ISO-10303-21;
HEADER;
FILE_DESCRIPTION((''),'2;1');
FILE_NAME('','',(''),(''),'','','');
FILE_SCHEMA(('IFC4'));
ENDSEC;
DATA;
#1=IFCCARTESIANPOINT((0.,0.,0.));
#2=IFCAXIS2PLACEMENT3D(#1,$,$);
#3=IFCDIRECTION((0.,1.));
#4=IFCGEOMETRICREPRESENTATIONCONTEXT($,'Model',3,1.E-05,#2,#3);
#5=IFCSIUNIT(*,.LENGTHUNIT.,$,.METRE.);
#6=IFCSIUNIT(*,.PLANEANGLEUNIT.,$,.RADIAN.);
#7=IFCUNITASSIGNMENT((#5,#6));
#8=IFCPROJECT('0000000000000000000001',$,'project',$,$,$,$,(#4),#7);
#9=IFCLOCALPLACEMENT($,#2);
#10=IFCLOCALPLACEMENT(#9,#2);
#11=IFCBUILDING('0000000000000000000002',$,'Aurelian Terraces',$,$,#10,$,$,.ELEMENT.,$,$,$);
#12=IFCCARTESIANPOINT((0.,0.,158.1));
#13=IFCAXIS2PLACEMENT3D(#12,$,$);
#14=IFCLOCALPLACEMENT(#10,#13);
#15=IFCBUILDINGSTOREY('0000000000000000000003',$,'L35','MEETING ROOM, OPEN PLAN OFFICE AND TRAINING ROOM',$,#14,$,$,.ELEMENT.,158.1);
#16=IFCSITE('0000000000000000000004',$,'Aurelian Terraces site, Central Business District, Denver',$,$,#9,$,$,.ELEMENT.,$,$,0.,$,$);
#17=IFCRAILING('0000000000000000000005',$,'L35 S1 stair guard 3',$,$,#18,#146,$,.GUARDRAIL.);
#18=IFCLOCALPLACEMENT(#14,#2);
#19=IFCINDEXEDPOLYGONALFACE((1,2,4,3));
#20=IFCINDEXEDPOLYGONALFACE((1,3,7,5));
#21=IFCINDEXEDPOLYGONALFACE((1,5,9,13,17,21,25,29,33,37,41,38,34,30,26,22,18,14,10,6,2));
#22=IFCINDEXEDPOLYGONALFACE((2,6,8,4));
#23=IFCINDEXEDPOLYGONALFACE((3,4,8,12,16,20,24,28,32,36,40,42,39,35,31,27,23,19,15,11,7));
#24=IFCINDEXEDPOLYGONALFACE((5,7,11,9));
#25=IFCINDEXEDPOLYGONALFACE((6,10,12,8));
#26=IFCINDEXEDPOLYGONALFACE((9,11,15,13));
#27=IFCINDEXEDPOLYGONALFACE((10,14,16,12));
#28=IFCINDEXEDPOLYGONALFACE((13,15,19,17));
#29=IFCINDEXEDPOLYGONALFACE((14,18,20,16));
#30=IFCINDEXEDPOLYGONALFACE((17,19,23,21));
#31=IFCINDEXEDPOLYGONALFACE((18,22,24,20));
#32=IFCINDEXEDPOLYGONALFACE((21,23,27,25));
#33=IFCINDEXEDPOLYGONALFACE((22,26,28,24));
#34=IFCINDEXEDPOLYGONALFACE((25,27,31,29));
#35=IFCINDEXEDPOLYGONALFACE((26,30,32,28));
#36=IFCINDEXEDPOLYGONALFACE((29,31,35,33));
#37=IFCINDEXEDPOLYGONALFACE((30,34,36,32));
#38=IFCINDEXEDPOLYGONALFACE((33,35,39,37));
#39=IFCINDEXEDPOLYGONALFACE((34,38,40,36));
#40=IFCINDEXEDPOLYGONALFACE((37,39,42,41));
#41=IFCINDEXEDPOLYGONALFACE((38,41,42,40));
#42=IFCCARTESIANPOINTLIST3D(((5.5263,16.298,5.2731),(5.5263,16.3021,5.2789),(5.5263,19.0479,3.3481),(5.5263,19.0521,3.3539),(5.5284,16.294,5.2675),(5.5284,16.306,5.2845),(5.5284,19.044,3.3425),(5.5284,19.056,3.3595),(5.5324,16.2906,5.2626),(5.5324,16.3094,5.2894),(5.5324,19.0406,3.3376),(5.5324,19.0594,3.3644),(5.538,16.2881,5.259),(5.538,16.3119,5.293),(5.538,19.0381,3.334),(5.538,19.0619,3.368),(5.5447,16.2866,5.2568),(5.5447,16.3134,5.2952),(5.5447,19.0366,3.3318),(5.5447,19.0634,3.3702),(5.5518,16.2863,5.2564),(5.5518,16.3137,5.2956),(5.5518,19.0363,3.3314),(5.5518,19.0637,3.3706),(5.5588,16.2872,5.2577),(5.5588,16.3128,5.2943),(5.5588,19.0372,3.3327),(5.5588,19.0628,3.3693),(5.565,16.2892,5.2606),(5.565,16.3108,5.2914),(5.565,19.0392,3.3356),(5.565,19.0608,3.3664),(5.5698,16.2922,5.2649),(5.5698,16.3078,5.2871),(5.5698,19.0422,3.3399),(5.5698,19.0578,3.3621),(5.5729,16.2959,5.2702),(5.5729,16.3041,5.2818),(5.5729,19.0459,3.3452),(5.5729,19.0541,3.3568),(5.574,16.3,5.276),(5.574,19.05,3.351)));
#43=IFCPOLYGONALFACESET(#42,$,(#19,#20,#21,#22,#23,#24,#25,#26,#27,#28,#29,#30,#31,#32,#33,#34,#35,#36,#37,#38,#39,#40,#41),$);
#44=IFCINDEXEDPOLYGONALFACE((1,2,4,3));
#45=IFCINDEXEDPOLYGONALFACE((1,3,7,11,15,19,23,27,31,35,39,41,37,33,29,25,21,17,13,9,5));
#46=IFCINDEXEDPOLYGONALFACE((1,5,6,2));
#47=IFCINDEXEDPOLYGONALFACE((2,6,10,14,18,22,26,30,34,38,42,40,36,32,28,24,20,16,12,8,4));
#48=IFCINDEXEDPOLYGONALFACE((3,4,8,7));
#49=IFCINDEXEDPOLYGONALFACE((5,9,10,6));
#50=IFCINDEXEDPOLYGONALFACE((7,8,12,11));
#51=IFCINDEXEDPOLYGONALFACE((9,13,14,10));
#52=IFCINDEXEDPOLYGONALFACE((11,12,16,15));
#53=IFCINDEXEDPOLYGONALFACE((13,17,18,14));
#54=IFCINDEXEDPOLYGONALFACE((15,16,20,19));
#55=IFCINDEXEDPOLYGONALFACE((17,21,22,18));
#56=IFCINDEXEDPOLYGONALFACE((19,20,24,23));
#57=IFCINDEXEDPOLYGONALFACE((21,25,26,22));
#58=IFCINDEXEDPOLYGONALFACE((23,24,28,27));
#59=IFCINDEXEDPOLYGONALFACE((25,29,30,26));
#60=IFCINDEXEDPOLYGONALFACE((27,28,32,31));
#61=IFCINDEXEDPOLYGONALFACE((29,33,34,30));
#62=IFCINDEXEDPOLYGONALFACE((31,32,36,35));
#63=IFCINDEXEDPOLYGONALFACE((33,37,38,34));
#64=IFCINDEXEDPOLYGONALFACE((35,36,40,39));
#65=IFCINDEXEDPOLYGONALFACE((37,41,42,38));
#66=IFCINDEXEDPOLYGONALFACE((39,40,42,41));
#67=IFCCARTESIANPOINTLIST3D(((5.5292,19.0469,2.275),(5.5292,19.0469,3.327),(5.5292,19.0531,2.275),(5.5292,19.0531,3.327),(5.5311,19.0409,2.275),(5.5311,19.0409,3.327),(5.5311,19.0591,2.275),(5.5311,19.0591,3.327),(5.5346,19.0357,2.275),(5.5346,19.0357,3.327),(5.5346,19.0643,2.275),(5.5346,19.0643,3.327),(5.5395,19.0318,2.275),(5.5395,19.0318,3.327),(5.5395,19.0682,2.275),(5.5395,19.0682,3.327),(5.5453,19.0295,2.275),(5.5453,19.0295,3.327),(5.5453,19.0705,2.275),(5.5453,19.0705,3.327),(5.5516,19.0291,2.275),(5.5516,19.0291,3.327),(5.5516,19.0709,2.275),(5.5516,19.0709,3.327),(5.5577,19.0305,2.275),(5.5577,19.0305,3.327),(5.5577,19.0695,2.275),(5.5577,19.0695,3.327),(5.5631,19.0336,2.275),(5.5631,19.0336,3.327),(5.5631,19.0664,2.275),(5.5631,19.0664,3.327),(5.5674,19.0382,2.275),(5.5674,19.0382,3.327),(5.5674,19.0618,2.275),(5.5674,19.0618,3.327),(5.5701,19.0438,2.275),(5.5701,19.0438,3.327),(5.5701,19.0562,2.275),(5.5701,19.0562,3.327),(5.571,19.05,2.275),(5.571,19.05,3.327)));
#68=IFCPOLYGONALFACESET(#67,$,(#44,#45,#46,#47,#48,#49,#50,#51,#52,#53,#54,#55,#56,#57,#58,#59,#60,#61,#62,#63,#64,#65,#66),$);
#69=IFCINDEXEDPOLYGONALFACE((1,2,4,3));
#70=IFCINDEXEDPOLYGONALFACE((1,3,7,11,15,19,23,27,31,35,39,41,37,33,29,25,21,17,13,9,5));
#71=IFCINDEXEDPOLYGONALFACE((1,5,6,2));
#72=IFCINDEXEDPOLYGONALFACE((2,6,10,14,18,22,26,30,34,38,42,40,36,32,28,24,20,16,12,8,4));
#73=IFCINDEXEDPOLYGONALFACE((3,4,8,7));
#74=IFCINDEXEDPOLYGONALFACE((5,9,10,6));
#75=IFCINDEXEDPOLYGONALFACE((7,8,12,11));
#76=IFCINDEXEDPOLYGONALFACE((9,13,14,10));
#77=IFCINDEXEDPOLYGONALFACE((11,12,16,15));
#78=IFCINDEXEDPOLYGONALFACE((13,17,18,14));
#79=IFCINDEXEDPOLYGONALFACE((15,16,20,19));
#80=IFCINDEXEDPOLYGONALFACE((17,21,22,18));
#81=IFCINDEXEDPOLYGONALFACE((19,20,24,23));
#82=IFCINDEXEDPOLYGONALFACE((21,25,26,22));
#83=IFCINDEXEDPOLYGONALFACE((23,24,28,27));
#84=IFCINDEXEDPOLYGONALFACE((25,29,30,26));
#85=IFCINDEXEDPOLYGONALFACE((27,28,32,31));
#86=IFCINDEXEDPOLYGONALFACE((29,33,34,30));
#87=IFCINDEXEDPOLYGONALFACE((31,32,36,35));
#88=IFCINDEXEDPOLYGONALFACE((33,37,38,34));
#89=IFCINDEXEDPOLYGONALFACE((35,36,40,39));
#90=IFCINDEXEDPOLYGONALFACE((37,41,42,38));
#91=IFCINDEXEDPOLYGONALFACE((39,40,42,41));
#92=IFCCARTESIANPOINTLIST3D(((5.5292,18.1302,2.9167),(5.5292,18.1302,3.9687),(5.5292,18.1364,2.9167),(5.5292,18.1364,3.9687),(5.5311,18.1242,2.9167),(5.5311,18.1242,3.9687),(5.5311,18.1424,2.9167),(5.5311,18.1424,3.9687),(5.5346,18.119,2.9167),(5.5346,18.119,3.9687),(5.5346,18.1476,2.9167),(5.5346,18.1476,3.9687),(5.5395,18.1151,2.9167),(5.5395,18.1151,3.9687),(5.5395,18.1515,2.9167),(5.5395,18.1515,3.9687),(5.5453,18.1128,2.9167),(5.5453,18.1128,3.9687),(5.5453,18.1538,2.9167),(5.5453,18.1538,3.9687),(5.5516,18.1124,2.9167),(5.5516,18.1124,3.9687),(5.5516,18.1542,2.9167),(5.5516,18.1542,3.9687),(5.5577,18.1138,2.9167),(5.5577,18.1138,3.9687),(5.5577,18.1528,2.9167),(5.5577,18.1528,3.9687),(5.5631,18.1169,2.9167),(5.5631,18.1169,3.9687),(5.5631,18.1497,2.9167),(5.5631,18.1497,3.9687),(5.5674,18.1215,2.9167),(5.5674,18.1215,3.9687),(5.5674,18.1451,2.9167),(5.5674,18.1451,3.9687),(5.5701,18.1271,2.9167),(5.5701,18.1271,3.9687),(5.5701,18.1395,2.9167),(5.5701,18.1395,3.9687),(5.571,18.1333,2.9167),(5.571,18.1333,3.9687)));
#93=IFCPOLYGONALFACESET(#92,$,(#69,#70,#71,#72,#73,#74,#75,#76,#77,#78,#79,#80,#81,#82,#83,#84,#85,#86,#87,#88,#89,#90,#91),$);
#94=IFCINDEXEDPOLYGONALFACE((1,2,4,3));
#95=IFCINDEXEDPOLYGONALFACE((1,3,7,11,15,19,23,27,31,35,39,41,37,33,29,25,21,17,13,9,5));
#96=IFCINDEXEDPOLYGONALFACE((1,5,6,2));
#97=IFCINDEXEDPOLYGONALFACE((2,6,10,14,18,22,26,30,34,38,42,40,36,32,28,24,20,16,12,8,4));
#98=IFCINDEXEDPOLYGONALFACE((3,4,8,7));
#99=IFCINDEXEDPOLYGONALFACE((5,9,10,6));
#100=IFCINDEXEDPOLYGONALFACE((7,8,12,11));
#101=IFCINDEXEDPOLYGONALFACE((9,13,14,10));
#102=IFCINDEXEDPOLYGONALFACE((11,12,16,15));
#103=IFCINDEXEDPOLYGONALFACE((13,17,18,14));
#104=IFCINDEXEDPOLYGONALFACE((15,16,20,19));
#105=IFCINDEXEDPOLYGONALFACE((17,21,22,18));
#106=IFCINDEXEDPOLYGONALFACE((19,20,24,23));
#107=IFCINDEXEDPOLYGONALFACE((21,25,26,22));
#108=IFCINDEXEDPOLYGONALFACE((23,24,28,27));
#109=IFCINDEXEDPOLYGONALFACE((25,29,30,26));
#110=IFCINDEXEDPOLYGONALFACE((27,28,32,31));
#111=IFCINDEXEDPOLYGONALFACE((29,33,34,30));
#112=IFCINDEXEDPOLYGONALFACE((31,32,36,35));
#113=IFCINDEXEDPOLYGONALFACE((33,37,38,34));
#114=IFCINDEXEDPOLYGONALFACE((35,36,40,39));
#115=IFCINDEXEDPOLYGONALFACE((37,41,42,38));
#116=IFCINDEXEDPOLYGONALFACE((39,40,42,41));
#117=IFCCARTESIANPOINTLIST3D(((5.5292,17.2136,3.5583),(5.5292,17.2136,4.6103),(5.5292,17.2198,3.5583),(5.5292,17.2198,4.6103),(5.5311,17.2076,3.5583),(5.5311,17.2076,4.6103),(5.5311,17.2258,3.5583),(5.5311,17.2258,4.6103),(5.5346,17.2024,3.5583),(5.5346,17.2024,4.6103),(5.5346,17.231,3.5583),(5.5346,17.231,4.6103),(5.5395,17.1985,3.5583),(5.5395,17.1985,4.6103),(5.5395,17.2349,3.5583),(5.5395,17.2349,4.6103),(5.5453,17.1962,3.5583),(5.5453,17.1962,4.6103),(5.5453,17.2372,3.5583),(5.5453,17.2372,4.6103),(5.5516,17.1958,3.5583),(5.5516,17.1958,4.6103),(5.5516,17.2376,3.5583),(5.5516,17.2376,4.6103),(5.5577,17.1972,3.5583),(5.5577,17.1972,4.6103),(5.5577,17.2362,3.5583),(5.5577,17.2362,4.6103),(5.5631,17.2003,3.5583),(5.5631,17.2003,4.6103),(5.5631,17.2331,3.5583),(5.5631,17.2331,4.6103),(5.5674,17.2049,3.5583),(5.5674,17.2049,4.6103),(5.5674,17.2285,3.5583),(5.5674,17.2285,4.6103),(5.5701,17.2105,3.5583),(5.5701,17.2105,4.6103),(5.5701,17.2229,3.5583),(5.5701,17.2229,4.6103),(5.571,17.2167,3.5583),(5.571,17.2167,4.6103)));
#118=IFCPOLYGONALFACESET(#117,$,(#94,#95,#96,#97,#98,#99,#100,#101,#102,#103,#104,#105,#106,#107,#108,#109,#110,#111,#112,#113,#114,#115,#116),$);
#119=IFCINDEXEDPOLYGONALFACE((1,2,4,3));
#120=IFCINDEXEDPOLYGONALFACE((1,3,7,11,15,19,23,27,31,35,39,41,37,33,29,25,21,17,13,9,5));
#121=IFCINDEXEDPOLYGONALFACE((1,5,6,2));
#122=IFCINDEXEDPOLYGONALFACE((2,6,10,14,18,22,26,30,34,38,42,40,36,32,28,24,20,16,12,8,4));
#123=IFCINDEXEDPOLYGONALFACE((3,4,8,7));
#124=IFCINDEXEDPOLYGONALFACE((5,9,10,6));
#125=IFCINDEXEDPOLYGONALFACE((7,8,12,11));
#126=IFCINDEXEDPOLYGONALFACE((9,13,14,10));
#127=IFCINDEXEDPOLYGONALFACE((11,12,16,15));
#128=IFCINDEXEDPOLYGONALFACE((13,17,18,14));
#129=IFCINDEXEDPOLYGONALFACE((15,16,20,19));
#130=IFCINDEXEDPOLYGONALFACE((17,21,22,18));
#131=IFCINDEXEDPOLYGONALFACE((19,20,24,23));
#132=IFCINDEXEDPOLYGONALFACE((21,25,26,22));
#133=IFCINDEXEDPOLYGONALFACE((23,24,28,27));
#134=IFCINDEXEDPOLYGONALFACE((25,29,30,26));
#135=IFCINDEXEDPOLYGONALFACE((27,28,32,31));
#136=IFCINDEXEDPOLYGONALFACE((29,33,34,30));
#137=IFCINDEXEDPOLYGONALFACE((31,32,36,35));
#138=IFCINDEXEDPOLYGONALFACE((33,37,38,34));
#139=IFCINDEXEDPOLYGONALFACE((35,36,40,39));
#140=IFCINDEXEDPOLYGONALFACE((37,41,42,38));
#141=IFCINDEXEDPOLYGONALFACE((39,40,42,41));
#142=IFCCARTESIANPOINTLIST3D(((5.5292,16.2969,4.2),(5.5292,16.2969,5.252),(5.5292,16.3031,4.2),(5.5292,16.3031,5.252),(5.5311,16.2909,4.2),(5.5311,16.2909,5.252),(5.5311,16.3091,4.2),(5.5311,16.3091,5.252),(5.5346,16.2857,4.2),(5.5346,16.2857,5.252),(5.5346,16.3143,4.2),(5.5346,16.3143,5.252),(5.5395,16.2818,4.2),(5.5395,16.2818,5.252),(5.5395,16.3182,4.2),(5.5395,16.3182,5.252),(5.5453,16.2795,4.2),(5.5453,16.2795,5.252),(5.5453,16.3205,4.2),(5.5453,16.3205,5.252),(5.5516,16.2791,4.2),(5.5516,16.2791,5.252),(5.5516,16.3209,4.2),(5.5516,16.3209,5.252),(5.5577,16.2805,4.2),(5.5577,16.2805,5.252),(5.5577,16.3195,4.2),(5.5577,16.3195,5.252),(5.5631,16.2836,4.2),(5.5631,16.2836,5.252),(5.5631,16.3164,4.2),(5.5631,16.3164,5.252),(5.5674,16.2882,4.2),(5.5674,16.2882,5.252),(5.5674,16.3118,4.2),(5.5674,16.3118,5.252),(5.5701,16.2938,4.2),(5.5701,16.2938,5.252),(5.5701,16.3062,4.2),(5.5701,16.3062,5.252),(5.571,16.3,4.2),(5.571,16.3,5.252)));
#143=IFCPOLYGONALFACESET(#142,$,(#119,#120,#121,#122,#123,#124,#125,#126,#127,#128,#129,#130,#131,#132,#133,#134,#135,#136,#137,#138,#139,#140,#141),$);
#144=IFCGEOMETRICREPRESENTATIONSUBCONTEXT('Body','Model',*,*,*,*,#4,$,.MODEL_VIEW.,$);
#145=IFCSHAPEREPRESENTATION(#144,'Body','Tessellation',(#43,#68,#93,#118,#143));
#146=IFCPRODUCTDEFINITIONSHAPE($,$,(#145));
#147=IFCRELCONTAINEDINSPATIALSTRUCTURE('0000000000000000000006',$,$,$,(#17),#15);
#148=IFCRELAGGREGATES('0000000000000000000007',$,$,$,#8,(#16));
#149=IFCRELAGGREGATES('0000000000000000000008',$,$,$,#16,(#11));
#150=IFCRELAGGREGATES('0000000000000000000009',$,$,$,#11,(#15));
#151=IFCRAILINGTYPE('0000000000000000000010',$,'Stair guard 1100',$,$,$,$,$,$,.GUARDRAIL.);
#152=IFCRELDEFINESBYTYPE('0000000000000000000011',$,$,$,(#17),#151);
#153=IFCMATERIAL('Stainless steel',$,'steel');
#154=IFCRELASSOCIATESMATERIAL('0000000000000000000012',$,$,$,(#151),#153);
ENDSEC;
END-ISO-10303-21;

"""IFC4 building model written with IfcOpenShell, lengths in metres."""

from ifc_helpers import new_model, si_unit, direction, frame, origin, origin_2d, place, context, subcontext, project, spatial, circle, extrude, source, transform, mapped, material, type_object, element, save


model = new_model("IFC4")

# Units and contexts
model_context = context("Model", 3, precision=1e-05, world=origin(), true_north=direction((0.0, 1.0)))
body_context = subcontext(model_context, "Body", "Model", "MODEL_VIEW")
ifc_project = project(units=[si_unit("LENGTHUNIT", "METRE"), si_unit("PLANEANGLEUNIT", "RADIAN")], contexts=[model_context])

# Site, building, storey
site_placement = place(None, origin())
site = spatial("IfcSite", under=ifc_project, at=site_placement, Name="Aurelian Terraces site, Central Business District, Denver", CompositionType="ELEMENT", RefElevation=0.0)
building_placement = place(site_placement, origin())
building = spatial("IfcBuilding", under=site, at=building_placement, Name="Aurelian Terraces", CompositionType="ELEMENT")
storey_placement = place(building_placement, frame((0.0, 0.0, 158.1)))
storey = spatial("IfcBuildingStorey", under=building, at=storey_placement, Name="L35", Description="MEETING ROOM, OPEN PLAN OFFICE AND TRAINING ROOM", CompositionType="ELEMENT", Elevation=158.1)

# Railing
ifc_material_1 = material(Name="Stainless steel", Category="steel")
railing_type_1 = type_object("IfcRailingType", Name="Stair guard 1100", PredefinedType="GUARDRAIL", material=ifc_material_1)
shared_shape_1 = source(origin(), body_context, "Body", "SweptSolid", [
    extrude(circle(Radius=0.024, at=origin_2d()), frame((0.0, 0.0, 1.076), z_axis=(0.0, -0.819232, 0.573462), x_axis=(1.0, 0.0, 0.0)), (0.0, 0.0, 1.0), 3.3568),
    extrude(circle(Radius=0.021, at=origin_2d()), origin(), (0.0, 0.0, 1.0), 1.052),
    extrude(circle(Radius=0.021, at=origin_2d()), frame((0.0, -0.9167, 0.6417)), (0.0, 0.0, 1.0), 1.052),
    extrude(circle(Radius=0.021, at=origin_2d()), frame((0.0, -1.8333, 1.2833)), (0.0, 0.0, 1.0), 1.052),
    extrude(circle(Radius=0.021, at=origin_2d()), frame((0.0, -2.75, 1.925)), (0.0, 0.0, 1.0), 1.052),
])
railing_1_placement = place(storey_placement, frame((5.55, 19.05, 2.275)))
element("IfcRailing", 1, at=railing_1_placement, inside=storey, type_object=railing_type_1, Name="L35 S1 stair guard 3", PredefinedType="GUARDRAIL", context=body_context, shape_type="MappedRepresentation", body=[
    mapped(shared_shape_1, transform((0.0, 0.0, 0.0), scale=1.0)),
])

save(model, "model.ifc")
